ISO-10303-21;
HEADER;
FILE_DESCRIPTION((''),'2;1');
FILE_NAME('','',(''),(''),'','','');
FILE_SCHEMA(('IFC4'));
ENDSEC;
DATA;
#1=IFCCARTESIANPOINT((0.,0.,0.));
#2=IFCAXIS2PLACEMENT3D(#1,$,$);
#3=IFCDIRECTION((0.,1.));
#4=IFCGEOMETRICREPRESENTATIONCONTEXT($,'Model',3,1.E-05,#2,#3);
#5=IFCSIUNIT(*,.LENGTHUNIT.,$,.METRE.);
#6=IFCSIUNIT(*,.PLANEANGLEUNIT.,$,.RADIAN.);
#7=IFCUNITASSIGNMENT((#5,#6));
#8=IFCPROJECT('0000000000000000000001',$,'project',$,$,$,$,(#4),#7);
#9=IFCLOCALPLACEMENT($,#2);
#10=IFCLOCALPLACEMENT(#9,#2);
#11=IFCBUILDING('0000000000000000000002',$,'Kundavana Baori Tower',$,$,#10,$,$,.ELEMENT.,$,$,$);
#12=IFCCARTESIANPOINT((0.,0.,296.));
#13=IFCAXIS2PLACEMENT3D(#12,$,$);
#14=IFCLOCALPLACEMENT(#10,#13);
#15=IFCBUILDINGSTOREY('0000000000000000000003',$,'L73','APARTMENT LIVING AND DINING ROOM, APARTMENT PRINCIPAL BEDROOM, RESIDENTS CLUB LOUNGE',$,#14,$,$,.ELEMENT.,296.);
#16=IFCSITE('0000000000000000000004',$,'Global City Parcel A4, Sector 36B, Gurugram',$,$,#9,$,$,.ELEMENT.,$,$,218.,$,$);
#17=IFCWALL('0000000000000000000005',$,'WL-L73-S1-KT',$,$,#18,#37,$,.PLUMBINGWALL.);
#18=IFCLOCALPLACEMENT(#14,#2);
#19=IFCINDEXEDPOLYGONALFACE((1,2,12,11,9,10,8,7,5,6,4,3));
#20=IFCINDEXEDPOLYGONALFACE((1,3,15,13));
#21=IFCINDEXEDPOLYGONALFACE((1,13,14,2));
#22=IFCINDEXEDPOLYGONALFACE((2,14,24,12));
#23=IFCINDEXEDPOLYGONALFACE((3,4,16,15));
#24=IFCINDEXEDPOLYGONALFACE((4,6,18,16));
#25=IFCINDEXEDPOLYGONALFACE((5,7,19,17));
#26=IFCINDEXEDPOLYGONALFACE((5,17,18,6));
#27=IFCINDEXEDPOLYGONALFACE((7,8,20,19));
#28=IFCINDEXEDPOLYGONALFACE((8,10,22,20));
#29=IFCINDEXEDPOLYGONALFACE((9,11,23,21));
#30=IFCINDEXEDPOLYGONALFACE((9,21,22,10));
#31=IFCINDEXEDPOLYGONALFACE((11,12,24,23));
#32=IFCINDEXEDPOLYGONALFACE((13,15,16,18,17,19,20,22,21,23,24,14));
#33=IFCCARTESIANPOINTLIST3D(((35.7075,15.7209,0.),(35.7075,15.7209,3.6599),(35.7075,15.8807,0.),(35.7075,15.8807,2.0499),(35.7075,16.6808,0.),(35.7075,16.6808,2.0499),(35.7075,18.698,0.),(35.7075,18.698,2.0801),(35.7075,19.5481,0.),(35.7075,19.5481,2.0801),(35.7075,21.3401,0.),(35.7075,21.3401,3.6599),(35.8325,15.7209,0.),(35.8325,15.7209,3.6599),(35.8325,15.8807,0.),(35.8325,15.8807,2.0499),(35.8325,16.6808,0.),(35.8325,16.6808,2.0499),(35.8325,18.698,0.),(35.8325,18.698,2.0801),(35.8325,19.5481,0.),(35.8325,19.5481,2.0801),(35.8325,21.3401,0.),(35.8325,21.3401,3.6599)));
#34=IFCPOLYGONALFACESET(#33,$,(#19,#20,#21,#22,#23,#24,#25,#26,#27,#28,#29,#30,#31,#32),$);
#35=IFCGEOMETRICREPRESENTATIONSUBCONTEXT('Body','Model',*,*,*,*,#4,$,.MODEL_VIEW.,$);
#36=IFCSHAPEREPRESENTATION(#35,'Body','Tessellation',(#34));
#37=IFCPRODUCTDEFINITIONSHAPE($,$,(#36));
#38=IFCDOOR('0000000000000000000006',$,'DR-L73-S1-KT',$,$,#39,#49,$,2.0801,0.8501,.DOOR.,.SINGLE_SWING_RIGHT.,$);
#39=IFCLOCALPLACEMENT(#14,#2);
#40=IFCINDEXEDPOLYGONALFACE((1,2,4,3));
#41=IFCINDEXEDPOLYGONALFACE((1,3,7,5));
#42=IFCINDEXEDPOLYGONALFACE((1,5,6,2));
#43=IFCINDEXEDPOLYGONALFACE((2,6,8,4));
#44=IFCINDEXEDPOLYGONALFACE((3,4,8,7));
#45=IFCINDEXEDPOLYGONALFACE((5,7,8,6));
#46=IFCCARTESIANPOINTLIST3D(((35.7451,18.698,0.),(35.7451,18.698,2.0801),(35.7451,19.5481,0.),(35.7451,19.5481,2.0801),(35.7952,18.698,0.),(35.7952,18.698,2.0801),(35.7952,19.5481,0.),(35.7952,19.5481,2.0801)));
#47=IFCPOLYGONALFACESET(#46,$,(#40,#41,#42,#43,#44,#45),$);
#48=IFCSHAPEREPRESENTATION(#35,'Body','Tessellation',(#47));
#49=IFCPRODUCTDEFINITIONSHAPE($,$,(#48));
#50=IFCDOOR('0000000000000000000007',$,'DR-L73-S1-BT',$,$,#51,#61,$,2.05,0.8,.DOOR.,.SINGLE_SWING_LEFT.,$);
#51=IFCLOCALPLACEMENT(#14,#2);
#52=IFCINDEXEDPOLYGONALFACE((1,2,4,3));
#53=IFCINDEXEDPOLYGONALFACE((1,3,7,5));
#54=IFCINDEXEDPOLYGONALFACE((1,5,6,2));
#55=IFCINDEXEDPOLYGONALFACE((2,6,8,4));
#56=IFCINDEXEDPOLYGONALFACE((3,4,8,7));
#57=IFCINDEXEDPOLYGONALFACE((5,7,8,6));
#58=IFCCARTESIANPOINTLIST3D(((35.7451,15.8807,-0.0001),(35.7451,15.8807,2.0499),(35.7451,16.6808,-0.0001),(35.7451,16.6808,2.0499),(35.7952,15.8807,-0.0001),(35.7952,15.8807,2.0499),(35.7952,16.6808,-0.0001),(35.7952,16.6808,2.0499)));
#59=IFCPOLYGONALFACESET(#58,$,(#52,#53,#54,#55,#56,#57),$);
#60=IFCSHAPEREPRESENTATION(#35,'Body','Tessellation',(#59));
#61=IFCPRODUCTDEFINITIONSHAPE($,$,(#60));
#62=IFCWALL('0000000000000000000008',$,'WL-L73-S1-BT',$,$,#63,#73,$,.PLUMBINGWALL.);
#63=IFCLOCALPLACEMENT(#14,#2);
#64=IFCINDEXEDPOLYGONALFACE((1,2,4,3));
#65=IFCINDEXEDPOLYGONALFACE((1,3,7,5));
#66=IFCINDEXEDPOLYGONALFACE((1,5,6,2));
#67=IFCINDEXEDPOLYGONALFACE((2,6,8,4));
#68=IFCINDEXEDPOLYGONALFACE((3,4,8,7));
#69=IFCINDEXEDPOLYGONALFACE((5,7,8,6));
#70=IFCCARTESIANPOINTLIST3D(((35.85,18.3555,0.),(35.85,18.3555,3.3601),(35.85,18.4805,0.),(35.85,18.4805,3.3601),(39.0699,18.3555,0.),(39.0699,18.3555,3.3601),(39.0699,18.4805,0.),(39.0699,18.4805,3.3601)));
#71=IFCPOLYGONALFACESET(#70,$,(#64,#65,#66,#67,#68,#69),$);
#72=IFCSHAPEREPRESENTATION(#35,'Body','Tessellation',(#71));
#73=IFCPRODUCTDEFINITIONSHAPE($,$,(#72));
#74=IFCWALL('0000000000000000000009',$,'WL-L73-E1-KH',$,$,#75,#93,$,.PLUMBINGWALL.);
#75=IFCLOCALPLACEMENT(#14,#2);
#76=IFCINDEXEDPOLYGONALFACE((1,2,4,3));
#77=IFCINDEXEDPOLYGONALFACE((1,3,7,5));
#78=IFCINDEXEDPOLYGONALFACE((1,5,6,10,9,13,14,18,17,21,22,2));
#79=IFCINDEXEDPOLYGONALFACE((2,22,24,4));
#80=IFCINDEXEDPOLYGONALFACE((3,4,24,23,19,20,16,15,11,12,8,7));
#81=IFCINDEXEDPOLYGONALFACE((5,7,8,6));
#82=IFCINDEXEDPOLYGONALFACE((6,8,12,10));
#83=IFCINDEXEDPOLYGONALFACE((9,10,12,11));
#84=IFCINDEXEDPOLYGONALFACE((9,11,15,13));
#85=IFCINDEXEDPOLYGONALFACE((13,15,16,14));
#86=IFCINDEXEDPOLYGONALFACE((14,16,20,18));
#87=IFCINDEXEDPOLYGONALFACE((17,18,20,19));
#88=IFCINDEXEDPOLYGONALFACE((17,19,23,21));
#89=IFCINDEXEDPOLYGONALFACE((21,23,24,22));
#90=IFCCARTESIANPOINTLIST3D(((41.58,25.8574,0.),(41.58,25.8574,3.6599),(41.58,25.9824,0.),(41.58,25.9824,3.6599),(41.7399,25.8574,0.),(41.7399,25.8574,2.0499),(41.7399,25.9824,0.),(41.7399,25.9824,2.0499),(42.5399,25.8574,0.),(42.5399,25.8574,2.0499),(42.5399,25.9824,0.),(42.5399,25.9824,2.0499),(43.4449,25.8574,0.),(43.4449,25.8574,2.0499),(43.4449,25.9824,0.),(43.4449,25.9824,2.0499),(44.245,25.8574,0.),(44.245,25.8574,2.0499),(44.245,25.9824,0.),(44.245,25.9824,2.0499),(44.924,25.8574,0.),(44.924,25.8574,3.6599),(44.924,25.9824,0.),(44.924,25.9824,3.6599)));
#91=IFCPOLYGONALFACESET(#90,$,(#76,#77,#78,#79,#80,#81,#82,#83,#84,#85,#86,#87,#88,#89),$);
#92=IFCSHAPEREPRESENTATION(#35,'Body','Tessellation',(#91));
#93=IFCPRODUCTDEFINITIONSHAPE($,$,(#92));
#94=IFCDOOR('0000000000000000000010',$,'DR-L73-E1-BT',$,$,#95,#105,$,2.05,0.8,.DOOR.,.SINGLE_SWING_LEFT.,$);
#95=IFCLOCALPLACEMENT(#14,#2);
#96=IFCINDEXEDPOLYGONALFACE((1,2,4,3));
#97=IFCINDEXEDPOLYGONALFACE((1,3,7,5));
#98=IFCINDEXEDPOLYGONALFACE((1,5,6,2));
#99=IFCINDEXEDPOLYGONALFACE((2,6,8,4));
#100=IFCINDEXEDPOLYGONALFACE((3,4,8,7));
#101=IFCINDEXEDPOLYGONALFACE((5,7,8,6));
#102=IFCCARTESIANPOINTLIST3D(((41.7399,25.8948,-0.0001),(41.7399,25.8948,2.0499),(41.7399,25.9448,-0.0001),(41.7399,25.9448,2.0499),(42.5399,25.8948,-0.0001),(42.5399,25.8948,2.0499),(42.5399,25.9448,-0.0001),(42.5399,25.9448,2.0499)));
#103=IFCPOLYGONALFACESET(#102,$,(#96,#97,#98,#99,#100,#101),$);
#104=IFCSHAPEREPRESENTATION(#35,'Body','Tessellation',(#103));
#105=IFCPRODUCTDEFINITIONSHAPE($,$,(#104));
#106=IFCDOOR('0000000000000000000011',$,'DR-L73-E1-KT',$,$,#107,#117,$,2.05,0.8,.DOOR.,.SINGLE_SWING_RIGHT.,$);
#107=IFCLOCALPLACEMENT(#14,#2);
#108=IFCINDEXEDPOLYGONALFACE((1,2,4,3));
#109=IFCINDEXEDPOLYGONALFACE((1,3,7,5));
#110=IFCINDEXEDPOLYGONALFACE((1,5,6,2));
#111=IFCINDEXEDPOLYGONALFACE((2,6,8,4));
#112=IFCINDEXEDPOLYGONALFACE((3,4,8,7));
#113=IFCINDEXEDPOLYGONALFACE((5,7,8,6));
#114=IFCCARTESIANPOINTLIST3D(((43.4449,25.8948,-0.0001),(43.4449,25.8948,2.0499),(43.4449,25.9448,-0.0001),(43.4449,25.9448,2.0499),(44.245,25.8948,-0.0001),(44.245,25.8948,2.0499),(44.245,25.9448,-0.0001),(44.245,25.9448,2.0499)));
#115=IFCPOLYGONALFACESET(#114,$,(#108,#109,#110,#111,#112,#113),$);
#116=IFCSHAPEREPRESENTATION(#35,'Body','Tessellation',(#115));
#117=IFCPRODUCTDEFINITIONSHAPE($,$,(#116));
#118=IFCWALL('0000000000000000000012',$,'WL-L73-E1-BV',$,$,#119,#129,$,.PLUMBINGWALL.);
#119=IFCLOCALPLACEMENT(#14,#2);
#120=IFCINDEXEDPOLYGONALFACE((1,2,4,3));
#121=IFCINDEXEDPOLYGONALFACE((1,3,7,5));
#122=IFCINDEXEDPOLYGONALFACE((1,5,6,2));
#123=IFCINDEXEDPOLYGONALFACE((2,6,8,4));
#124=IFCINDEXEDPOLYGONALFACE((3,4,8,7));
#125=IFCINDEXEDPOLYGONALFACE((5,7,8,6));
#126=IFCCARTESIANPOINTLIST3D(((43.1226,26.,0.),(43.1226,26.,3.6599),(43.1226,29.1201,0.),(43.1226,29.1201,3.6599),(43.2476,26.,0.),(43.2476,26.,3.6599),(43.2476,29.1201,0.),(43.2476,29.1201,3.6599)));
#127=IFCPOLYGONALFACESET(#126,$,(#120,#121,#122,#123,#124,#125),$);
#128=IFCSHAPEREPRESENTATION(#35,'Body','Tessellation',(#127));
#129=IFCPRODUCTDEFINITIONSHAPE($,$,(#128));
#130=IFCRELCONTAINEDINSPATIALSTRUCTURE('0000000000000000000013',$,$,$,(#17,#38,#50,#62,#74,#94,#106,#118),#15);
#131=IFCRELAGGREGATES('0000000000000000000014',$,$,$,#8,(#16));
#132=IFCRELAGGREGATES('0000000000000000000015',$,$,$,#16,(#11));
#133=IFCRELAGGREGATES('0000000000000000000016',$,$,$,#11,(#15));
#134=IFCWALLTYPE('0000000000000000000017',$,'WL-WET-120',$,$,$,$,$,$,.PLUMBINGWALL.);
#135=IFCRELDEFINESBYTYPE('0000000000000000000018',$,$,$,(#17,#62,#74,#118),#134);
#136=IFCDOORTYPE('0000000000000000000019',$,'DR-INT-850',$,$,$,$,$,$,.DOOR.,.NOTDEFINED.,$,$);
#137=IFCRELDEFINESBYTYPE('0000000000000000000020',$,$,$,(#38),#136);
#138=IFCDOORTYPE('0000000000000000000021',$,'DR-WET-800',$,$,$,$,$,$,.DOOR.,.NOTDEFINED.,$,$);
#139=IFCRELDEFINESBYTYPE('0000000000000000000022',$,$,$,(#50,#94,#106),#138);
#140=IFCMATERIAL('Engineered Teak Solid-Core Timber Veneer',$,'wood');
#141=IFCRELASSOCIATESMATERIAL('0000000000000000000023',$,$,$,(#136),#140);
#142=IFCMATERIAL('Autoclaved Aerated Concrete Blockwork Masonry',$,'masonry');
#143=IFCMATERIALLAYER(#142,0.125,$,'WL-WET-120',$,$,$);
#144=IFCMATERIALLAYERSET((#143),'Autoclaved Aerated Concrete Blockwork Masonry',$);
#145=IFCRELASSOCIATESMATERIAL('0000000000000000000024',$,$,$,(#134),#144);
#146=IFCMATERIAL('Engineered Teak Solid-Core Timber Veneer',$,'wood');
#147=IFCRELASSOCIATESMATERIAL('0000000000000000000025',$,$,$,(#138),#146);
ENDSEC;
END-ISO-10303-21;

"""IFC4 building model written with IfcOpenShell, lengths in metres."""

from ifc_helpers import new_model, si_unit, direction, frame, frame_2d, origin, place, context, subcontext, project, spatial, rectangle, extrude, material, layer, layer_set, type_object, element, fill, save


model = new_model("IFC4")

# Units and contexts
model_context = context("Model", 3, precision=1e-05, world=origin(), true_north=direction((0.0, 1.0)))
body_context = subcontext(model_context, "Body", "Model", "MODEL_VIEW")
ifc_project = project(units=[si_unit("LENGTHUNIT", "METRE"), si_unit("PLANEANGLEUNIT", "RADIAN")], contexts=[model_context])

# Site, building, storey
site_placement = place(None, origin())
site = spatial("IfcSite", under=ifc_project, at=site_placement, Name="Global City Parcel A4, Sector 36B, Gurugram", CompositionType="ELEMENT", RefElevation=218.0)
building_placement = place(site_placement, origin())
building = spatial("IfcBuilding", under=site, at=building_placement, Name="Kundavana Baori Tower", CompositionType="ELEMENT")
storey_placement = place(building_placement, frame((0.0, 0.0, 296.0)))
storey = spatial("IfcBuildingStorey", under=building, at=storey_placement, Name="L73", Description="APARTMENT LIVING AND DINING ROOM, APARTMENT PRINCIPAL BEDROOM, RESIDENTS CLUB LOUNGE", CompositionType="ELEMENT", Elevation=296.0)

# Shared definitions
ifc_material_1 = material(Name="Engineered Teak Solid-Core Timber Veneer", Category="wood")
door_type_1 = type_object("IfcDoorType", Name="DR-INT-850", OperationType="NOTDEFINED", PredefinedType="DOOR", material=ifc_material_1)

# Wall, openings, doors
ifc_material_2 = material(Name="Autoclaved Aerated Concrete Blockwork Masonry", Category="masonry")
ifc_layer_1 = layer(ifc_material_2, 0.125, Name="WL-WET-120")
ifc_layer_set_1 = layer_set([ifc_layer_1], Name="Autoclaved Aerated Concrete Blockwork Masonry")
wall_type_1 = type_object("IfcWallType", Name="WL-WET-120", PredefinedType="PLUMBINGWALL", material=ifc_layer_set_1)
wall_1_placement = place(storey_placement, frame((35.77, 15.7209, 0.0), z_axis=(0.0, 0.0, 1.0), x_axis=(0.0, 1.0, 0.0)))
wall_1 = element("IfcWall", 1, at=wall_1_placement, inside=storey, type_object=wall_type_1, Name="WL-L73-S1-KT", PredefinedType="PLUMBINGWALL", context=body_context, shape_type="SweptSolid", body=[
    extrude(rectangle(XDim=5.6191, YDim=0.125, at=frame_2d((2.8096, 0.0))), origin(), (0.0, 0.0, 1.0), 3.6599),
])
opening_1_placement = place(wall_1_placement, frame((0.1599, 0.0, 0.0)))
opening_1 = element("IfcOpeningElement", 2, at=opening_1_placement, cuts=wall_1, PredefinedType="OPENING", context=body_context, shape_type="SweptSolid", body=[
    extrude(rectangle(XDim=0.8, YDim=2.05, at=frame_2d((0.3999, 1.0249))), frame((0.0, 0.0725, 0.0), z_axis=(0.0, -1.0, 0.0), x_axis=(1.0, 0.0, 0.0)), (0.0, 0.0, 1.0), 0.145),
])
opening_2_placement = place(wall_1_placement, frame((2.9771, 0.0, 0.0)))
opening_2 = element("IfcOpeningElement", 3, at=opening_2_placement, cuts=wall_1, PredefinedType="OPENING", context=body_context, shape_type="SweptSolid", body=[
    extrude(rectangle(XDim=0.8501, YDim=2.0801, at=frame_2d((0.425, 1.04))), frame((0.0, 0.0725, 0.0), z_axis=(0.0, -1.0, 0.0), x_axis=(1.0, 0.0, 0.0)), (0.0, 0.0, 1.0), 0.145),
])
door_1_placement = place(opening_2_placement, origin())
door_1 = element("IfcDoor", 4, at=door_1_placement, inside=storey, type_object=door_type_1, Name="DR-L73-S1-KT", OperationType="SINGLE_SWING_RIGHT", OverallHeight=2.0801, OverallWidth=0.8501, PredefinedType="DOOR", context=body_context, shape_type="SweptSolid", body=[
    extrude(rectangle(XDim=0.8501, YDim=2.0801, at=frame_2d((0.425, 1.04))), frame((0.0, 0.0249, 0.0), z_axis=(0.0, -1.0, 0.0), x_axis=(1.0, 0.0, 0.0)), (0.0, 0.0, 1.0), 0.05),
])
fill(opening_2, door_1)
ifc_material_3 = material(Name="Engineered Teak Solid-Core Timber Veneer", Category="wood")
door_type_2 = type_object("IfcDoorType", Name="DR-WET-800", OperationType="NOTDEFINED", PredefinedType="DOOR", material=ifc_material_3)
door_2_placement = place(opening_1_placement, origin())
door_2 = element("IfcDoor", 5, at=door_2_placement, inside=storey, type_object=door_type_2, Name="DR-L73-S1-BT", OperationType="SINGLE_SWING_LEFT", OverallHeight=2.05, OverallWidth=0.8, PredefinedType="DOOR", context=body_context, shape_type="SweptSolid", body=[
    extrude(rectangle(XDim=0.8, YDim=2.05, at=frame_2d((0.3999, 1.0249))), frame((0.0, 0.0249, 0.0), z_axis=(0.0, -1.0, 0.0), x_axis=(1.0, 0.0, 0.0)), (0.0, 0.0, 1.0), 0.05),
])
fill(opening_1, door_2)

# Wall
wall_2_placement = place(storey_placement, frame((35.8501, 18.418, 0.0), z_axis=(0.0, 0.0, 1.0), x_axis=(1.0, 0.0, 0.0)))
element("IfcWall", 6, at=wall_2_placement, inside=storey, type_object=wall_type_1, Name="WL-L73-S1-BT", PredefinedType="PLUMBINGWALL", context=body_context, shape_type="SweptSolid", body=[
    extrude(rectangle(XDim=3.22, YDim=0.125, at=frame_2d((1.6099, 0.0))), origin(), (0.0, 0.0, 1.0), 3.3601),
])

# Wall, openings, doors
wall_3_placement = place(storey_placement, frame((41.5801, 25.9199, 0.0), z_axis=(0.0, 0.0, 1.0), x_axis=(1.0, 0.0, 0.0)))
wall_3 = element("IfcWall", 7, at=wall_3_placement, inside=storey, type_object=wall_type_1, Name="WL-L73-E1-KH", PredefinedType="PLUMBINGWALL", context=body_context, shape_type="SweptSolid", body=[
    extrude(rectangle(XDim=3.344, YDim=0.125, at=frame_2d((1.6719, 0.0))), origin(), (0.0, 0.0, 1.0), 3.6599),
])
opening_3_placement = place(wall_3_placement, frame((0.1599, 0.0, 0.0)))
opening_3 = element("IfcOpeningElement", 8, at=opening_3_placement, cuts=wall_3, PredefinedType="OPENING", context=body_context, shape_type="SweptSolid", body=[
    extrude(rectangle(XDim=0.8, YDim=2.05, at=frame_2d((0.3999, 1.0249))), frame((0.0, 0.0725, 0.0), z_axis=(0.0, -1.0, 0.0), x_axis=(1.0, 0.0, 0.0)), (0.0, 0.0, 1.0), 0.145),
])
opening_4_placement = place(wall_3_placement, frame((1.865, 0.0, 0.0)))
opening_4 = element("IfcOpeningElement", 9, at=opening_4_placement, cuts=wall_3, PredefinedType="OPENING", context=body_context, shape_type="SweptSolid", body=[
    extrude(rectangle(XDim=0.8, YDim=2.05, at=frame_2d((0.3999, 1.0249))), frame((0.0, 0.0725, 0.0), z_axis=(0.0, -1.0, 0.0), x_axis=(1.0, 0.0, 0.0)), (0.0, 0.0, 1.0), 0.145),
])
door_3_placement = place(opening_3_placement, origin())
door_3 = element("IfcDoor", 10, at=door_3_placement, inside=storey, type_object=door_type_2, Name="DR-L73-E1-BT", OperationType="SINGLE_SWING_LEFT", OverallHeight=2.05, OverallWidth=0.8, PredefinedType="DOOR", context=body_context, shape_type="SweptSolid", body=[
    extrude(rectangle(XDim=0.8, YDim=2.05, at=frame_2d((0.3999, 1.0249))), frame((0.0, 0.0249, 0.0), z_axis=(0.0, -1.0, 0.0), x_axis=(1.0, 0.0, 0.0)), (0.0, 0.0, 1.0), 0.05),
])
fill(opening_3, door_3)
door_4_placement = place(opening_4_placement, origin())
door_4 = element("IfcDoor", 11, at=door_4_placement, inside=storey, type_object=door_type_2, Name="DR-L73-E1-KT", OperationType="SINGLE_SWING_RIGHT", OverallHeight=2.05, OverallWidth=0.8, PredefinedType="DOOR", context=body_context, shape_type="SweptSolid", body=[
    extrude(rectangle(XDim=0.8, YDim=2.05, at=frame_2d((0.3999, 1.0249))), frame((0.0, 0.0249, 0.0), z_axis=(0.0, -1.0, 0.0), x_axis=(1.0, 0.0, 0.0)), (0.0, 0.0, 1.0), 0.05),
])
fill(opening_4, door_4)

# Wall
wall_4_placement = place(storey_placement, frame((43.1851, 26.0, 0.0), z_axis=(0.0, 0.0, 1.0), x_axis=(0.0, 1.0, 0.0)))
element("IfcWall", 12, at=wall_4_placement, inside=storey, type_object=wall_type_1, Name="WL-L73-E1-BV", PredefinedType="PLUMBINGWALL", context=body_context, shape_type="SweptSolid", body=[
    extrude(rectangle(XDim=3.1201, YDim=0.125, at=frame_2d((1.5601, 0.0))), origin(), (0.0, 0.0, 1.0), 3.6599),
])

save(model, "model.ifc")
